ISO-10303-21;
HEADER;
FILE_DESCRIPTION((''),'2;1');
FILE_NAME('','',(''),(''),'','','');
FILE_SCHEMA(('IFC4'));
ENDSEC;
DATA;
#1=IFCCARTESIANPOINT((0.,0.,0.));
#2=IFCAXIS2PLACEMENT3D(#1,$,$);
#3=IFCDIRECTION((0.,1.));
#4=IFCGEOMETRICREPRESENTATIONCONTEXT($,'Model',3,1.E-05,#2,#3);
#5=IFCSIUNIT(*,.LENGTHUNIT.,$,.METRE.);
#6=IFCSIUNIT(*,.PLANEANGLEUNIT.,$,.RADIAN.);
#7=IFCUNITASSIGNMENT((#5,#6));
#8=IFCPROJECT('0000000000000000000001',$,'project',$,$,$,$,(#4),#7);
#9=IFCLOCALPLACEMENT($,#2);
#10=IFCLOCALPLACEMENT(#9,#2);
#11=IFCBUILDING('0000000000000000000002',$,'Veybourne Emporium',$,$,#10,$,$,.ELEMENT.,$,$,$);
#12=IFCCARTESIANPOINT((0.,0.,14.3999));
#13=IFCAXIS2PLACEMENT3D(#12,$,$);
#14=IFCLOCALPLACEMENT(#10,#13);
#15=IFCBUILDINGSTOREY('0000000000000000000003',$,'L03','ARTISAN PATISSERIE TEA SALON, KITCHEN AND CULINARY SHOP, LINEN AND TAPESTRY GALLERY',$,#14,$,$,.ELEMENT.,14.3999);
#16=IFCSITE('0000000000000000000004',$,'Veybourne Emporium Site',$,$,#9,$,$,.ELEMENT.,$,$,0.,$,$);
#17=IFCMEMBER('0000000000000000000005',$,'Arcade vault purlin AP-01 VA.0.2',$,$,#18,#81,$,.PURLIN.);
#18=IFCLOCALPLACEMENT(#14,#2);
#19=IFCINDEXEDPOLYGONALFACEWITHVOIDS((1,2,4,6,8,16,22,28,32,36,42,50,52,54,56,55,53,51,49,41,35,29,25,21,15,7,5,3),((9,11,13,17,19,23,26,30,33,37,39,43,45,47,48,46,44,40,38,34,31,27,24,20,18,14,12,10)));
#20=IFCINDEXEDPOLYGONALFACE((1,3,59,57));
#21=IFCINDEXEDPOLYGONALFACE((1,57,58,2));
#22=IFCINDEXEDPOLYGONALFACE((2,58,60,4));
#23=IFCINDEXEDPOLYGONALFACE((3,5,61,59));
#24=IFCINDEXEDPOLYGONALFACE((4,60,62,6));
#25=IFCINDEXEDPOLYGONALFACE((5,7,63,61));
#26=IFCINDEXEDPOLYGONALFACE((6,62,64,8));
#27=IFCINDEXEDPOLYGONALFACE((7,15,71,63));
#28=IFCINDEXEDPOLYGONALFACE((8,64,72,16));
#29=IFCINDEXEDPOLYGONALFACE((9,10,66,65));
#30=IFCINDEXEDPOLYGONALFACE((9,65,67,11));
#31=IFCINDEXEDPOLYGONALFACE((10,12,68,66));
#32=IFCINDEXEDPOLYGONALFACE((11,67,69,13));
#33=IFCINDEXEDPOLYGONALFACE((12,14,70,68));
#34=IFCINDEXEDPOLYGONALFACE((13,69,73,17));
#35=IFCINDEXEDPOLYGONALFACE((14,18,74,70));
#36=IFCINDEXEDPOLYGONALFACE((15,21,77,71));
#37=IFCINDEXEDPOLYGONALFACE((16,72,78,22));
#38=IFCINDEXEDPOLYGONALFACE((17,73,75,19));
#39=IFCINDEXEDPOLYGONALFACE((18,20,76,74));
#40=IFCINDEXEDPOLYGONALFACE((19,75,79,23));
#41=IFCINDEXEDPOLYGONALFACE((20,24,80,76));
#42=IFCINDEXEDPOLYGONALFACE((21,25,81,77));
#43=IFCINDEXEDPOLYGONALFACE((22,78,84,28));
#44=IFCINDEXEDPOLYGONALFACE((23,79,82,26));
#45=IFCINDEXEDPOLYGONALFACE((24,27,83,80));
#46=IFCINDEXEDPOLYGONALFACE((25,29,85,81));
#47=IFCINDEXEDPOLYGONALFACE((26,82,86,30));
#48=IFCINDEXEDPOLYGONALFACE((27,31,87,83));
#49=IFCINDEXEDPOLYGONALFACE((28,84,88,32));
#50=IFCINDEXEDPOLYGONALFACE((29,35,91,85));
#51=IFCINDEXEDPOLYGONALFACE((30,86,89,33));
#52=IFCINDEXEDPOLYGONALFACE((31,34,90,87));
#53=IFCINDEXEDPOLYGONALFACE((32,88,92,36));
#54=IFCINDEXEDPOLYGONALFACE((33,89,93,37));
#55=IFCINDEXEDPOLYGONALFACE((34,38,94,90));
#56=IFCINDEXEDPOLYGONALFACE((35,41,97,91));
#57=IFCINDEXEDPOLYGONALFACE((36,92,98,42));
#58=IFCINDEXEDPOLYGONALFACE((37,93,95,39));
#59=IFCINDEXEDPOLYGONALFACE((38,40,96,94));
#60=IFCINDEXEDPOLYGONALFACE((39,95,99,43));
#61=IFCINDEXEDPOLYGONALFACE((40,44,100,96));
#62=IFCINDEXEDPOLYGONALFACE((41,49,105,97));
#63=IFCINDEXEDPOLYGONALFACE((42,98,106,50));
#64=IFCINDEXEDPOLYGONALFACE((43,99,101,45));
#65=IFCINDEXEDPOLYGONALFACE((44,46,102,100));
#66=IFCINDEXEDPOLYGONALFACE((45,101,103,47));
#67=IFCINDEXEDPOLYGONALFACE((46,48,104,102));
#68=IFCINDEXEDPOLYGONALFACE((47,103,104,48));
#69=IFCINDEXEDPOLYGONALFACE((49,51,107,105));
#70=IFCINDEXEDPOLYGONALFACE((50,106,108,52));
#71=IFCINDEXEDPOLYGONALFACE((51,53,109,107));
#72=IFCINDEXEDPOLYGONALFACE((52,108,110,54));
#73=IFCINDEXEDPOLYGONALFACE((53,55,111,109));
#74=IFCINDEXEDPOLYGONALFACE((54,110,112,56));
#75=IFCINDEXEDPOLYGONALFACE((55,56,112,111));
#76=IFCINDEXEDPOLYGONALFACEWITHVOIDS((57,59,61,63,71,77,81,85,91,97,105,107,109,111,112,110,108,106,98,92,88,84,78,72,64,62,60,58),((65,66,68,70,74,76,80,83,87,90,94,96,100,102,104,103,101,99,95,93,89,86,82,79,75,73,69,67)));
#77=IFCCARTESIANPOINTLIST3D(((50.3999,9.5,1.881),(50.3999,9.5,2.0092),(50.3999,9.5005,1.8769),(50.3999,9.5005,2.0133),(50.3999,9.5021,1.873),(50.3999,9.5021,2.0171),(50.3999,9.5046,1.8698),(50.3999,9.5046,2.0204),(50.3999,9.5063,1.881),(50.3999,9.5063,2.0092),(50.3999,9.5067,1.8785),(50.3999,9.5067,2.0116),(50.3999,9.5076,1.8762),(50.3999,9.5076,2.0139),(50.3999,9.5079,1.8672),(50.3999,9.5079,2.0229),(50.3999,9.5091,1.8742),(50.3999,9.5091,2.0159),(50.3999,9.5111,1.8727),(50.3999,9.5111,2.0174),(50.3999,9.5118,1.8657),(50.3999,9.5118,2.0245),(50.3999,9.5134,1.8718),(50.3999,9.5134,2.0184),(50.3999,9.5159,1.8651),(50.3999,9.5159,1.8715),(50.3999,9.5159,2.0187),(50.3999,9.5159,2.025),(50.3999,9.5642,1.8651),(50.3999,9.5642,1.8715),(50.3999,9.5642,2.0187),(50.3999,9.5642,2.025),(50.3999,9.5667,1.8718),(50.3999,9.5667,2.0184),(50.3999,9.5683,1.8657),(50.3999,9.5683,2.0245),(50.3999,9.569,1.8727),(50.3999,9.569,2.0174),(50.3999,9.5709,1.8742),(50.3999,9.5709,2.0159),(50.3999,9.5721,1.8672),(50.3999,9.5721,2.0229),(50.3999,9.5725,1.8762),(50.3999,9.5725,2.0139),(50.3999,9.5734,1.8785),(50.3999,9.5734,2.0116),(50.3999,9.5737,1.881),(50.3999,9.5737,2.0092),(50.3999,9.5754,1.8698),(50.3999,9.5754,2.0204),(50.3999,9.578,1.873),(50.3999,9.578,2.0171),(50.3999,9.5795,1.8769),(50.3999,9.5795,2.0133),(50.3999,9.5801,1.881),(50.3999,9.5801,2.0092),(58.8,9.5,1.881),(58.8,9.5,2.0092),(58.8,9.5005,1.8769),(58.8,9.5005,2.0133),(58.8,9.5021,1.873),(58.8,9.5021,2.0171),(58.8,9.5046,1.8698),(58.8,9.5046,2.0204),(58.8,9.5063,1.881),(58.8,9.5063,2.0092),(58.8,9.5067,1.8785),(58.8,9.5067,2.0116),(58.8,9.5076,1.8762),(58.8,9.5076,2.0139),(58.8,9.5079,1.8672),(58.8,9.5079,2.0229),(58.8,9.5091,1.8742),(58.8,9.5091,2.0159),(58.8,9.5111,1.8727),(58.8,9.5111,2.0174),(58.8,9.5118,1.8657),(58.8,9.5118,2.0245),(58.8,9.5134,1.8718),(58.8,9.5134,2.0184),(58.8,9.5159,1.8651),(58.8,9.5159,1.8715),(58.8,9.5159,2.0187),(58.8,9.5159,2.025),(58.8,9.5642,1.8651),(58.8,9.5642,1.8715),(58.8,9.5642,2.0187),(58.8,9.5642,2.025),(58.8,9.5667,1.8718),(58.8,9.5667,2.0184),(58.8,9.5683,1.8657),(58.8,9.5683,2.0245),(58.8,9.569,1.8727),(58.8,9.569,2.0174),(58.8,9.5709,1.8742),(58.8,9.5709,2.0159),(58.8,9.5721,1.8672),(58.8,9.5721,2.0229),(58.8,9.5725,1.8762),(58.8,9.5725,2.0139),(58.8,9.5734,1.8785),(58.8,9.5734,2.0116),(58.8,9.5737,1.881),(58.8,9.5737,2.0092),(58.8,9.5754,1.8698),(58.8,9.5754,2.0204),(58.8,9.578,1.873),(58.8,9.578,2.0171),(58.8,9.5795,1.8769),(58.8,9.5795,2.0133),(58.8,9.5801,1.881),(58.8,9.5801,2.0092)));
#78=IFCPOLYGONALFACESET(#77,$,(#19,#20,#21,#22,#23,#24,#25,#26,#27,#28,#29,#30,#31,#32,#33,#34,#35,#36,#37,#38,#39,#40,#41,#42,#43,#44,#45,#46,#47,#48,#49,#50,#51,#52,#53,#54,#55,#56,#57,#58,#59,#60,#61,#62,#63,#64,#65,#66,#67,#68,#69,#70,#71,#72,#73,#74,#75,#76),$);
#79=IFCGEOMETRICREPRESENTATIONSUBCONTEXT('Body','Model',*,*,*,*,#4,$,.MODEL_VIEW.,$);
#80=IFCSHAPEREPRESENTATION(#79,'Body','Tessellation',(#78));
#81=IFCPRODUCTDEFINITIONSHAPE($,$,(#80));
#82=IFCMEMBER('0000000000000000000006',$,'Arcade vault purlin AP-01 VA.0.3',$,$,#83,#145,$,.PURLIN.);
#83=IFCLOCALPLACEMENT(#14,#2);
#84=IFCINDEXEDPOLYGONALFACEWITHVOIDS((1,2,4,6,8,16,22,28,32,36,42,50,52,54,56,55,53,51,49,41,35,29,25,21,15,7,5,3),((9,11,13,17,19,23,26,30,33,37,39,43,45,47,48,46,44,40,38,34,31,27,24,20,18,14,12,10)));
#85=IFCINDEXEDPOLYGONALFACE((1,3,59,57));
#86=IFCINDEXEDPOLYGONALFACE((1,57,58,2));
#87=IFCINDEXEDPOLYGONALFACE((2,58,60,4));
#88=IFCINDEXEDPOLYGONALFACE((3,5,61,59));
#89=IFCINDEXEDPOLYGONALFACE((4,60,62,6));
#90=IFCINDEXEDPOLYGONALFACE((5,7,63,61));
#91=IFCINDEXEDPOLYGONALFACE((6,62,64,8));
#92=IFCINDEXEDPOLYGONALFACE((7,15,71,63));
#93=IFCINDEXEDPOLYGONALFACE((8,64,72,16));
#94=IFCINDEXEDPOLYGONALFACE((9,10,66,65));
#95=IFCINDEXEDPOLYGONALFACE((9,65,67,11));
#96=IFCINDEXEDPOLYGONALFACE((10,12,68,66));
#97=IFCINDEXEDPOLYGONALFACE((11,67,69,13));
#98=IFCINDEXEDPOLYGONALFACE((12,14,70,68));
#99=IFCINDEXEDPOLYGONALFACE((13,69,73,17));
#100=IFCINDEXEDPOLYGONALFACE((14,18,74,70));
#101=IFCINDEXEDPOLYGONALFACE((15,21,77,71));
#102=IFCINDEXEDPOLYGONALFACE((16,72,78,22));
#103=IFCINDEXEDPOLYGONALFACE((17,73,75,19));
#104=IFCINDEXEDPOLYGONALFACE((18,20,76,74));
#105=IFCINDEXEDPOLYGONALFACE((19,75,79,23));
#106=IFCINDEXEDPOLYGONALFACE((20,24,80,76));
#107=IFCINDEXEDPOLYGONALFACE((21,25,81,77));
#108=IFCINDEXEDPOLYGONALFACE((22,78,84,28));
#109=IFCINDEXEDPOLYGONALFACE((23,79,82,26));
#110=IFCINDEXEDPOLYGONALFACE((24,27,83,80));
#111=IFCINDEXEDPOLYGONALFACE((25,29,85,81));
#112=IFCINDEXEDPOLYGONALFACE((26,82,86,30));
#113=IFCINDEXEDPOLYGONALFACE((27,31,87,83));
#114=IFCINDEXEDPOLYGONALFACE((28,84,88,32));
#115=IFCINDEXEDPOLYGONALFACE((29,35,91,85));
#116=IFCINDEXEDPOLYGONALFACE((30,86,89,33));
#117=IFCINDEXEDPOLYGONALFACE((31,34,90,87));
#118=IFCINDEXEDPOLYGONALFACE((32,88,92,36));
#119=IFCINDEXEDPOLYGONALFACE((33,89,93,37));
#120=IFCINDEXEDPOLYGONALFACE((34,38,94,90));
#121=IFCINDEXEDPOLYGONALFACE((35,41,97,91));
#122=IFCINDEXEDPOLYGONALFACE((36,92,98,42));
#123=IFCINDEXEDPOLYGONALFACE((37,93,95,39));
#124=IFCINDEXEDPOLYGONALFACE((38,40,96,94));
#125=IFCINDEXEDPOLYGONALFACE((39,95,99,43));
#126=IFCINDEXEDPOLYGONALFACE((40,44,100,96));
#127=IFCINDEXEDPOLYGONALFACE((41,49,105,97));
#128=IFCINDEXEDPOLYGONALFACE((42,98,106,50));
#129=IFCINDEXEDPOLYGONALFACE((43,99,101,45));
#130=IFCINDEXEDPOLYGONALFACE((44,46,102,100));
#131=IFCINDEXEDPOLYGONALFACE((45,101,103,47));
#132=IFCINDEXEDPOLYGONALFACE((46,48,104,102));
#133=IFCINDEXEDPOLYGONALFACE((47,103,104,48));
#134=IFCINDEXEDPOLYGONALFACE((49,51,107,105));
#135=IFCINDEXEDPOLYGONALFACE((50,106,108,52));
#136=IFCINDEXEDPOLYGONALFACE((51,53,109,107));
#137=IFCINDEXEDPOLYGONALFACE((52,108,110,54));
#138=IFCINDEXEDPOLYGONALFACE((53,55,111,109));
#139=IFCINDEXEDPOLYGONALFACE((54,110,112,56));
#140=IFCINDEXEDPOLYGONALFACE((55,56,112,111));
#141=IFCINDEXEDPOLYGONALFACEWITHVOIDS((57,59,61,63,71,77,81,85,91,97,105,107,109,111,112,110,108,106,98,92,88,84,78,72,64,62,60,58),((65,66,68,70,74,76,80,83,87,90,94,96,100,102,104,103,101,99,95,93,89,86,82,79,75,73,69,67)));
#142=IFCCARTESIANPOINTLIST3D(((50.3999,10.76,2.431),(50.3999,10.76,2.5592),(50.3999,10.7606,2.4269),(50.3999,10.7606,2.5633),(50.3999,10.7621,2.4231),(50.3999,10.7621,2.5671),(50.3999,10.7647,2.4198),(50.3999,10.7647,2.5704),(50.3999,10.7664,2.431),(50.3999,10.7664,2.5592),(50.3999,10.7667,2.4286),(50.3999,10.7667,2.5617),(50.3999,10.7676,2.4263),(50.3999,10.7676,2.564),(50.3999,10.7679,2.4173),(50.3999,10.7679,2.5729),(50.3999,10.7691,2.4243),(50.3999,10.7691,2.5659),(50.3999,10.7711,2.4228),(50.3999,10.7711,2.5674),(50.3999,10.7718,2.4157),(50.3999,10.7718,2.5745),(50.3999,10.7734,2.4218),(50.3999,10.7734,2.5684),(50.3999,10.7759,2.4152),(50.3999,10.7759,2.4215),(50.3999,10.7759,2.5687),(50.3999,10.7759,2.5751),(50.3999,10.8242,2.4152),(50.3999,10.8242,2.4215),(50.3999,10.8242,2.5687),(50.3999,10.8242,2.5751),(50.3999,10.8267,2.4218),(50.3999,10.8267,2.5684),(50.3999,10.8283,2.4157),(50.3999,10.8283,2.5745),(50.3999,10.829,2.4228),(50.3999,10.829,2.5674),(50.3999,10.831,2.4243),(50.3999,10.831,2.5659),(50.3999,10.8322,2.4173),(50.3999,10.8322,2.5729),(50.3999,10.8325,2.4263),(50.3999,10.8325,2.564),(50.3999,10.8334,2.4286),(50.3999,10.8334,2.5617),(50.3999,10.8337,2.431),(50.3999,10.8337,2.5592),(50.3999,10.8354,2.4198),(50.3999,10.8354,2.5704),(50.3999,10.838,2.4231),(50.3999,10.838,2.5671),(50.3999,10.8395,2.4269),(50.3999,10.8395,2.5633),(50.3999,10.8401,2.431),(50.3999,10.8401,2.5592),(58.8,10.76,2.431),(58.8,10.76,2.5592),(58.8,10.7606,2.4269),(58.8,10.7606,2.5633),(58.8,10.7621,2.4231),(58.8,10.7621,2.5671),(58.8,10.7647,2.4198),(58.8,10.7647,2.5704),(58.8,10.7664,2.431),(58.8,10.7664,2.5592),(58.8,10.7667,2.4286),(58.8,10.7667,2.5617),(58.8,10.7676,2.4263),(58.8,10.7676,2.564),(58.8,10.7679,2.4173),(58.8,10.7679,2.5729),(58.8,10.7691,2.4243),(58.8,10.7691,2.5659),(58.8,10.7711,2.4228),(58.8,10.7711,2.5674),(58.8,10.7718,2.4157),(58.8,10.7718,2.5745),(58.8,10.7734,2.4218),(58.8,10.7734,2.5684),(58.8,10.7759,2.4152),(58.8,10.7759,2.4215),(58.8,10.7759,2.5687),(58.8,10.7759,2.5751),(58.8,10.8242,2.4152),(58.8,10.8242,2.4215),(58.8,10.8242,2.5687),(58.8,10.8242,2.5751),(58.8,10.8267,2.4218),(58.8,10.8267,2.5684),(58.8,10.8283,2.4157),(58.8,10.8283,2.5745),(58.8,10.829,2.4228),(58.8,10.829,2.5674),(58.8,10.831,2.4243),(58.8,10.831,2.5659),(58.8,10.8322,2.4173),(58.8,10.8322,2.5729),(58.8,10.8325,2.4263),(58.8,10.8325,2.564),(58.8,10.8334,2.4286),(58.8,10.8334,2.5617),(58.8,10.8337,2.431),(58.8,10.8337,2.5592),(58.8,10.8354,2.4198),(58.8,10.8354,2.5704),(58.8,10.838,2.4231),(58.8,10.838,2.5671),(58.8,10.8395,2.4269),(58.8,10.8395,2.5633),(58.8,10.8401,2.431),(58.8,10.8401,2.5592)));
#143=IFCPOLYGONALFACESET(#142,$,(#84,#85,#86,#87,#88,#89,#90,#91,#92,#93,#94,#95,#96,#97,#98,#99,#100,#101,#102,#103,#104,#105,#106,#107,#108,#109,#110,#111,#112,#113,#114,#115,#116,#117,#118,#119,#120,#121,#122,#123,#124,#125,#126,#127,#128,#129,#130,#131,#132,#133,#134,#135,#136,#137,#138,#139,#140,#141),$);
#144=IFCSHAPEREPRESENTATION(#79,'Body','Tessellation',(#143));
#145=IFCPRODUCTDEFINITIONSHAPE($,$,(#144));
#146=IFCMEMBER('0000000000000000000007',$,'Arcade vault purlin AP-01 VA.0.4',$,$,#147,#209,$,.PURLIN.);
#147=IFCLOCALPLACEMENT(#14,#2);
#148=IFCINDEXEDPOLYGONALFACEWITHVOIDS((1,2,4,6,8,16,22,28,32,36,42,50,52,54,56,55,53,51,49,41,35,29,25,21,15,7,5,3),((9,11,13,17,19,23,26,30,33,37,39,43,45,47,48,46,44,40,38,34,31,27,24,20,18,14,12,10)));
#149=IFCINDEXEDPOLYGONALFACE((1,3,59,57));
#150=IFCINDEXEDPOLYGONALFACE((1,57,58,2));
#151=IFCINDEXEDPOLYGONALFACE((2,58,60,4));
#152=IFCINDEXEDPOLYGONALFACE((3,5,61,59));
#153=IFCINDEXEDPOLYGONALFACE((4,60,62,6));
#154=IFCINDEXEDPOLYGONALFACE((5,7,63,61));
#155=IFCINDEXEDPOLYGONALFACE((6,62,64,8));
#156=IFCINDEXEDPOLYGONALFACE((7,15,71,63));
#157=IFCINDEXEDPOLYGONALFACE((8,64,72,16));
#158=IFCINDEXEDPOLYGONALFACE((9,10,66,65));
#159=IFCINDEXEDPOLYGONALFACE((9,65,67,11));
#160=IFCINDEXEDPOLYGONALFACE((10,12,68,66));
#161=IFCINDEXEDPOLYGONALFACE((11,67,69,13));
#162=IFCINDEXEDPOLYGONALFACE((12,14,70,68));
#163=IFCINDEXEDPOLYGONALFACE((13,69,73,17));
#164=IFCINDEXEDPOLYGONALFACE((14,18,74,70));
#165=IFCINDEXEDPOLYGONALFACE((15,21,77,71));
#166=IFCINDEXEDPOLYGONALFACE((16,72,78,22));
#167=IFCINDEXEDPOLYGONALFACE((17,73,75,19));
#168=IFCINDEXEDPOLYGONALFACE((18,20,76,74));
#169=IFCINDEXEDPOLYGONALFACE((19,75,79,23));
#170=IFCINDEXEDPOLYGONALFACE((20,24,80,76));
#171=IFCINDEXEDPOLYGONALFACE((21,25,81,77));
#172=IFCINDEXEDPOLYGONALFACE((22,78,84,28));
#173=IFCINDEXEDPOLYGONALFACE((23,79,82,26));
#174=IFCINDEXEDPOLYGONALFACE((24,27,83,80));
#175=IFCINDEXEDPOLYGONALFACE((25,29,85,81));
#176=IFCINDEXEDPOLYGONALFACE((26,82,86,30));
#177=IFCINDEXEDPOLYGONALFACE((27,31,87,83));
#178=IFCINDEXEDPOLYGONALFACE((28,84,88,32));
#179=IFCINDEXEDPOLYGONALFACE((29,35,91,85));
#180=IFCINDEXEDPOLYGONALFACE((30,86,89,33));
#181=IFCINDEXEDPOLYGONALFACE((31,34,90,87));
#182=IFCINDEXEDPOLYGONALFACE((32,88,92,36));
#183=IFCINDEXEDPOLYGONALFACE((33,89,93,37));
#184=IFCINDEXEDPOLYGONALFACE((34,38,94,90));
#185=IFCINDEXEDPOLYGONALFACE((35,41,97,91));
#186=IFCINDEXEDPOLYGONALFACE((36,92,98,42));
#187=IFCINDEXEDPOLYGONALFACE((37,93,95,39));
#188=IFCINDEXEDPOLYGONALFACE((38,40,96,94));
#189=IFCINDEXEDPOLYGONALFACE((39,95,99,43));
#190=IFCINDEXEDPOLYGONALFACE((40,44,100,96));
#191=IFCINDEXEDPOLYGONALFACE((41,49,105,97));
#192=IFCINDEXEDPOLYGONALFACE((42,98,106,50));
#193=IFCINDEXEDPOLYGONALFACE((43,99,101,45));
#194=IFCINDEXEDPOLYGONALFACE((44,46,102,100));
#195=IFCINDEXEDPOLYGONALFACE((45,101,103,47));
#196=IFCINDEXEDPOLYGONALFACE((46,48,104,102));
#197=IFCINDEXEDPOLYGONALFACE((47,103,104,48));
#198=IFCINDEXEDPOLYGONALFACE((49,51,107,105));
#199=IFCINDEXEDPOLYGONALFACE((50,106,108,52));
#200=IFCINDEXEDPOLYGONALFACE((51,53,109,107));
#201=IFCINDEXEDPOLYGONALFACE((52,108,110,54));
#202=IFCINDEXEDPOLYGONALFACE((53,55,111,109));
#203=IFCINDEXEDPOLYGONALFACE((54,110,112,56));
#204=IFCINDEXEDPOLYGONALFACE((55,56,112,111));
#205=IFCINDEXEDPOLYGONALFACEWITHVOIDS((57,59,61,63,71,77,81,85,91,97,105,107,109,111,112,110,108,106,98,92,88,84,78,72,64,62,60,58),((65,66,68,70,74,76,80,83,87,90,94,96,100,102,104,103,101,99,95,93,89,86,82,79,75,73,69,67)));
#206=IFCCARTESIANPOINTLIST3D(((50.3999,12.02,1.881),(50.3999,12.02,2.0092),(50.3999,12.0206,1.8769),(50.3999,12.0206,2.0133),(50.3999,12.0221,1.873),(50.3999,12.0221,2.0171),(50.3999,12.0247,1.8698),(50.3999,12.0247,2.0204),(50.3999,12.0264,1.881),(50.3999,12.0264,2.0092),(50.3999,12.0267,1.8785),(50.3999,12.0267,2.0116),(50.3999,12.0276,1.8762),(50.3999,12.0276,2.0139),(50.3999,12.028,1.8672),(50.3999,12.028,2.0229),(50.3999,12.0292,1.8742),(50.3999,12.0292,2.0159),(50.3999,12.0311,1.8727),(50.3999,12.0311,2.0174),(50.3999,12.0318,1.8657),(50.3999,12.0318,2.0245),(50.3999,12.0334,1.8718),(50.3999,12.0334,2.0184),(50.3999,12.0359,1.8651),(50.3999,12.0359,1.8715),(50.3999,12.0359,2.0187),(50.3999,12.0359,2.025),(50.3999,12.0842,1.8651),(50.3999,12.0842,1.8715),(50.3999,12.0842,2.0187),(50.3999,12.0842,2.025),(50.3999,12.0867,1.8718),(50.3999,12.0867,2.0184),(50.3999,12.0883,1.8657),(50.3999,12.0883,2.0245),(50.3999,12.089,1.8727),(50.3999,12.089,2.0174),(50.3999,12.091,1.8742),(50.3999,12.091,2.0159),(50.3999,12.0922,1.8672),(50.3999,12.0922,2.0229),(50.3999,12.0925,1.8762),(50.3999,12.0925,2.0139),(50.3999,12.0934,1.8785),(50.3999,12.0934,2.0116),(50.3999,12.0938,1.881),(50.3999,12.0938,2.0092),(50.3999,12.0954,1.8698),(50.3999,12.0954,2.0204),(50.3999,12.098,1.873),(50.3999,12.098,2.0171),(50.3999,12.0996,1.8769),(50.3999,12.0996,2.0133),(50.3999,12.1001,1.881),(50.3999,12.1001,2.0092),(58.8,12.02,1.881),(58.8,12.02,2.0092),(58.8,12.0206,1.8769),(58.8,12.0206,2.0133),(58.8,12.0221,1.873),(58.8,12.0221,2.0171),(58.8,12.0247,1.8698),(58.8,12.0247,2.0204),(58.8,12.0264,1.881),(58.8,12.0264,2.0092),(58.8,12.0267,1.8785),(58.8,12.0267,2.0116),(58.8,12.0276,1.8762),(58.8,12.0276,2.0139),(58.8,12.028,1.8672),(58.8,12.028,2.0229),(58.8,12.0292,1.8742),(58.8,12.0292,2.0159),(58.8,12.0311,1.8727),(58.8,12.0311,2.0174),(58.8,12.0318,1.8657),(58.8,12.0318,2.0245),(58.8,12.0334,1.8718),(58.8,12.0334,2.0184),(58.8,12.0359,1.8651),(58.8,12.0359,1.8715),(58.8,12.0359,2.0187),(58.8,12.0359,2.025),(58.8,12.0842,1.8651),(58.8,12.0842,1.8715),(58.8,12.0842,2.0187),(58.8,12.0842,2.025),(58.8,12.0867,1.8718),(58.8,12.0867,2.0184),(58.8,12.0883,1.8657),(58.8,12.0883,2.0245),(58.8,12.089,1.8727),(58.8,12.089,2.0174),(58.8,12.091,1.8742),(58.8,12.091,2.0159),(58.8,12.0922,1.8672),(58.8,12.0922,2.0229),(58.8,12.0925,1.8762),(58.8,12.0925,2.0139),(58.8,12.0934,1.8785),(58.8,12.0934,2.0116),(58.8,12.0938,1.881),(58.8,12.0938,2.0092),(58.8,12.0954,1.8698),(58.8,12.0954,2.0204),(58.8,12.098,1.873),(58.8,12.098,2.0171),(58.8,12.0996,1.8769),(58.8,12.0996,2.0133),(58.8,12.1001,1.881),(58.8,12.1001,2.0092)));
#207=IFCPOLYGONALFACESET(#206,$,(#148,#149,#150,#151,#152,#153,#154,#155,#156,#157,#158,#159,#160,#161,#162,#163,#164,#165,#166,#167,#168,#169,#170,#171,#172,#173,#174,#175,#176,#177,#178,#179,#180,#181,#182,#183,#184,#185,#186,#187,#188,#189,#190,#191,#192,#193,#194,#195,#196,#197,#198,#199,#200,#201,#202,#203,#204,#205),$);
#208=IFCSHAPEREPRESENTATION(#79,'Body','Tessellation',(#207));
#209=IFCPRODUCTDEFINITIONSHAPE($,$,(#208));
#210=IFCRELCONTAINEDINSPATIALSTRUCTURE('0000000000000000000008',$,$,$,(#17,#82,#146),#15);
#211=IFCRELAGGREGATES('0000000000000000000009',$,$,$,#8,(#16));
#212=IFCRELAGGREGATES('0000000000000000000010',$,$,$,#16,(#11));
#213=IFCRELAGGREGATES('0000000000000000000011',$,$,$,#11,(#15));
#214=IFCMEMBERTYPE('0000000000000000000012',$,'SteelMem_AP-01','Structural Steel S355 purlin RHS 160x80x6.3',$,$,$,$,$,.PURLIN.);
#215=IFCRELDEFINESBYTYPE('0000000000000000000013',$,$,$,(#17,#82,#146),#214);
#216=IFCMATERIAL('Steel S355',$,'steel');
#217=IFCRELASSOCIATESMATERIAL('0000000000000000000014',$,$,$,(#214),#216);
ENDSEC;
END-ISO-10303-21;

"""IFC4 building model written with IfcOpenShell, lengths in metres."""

from ifc_helpers import new_model, si_unit, direction, frame, origin, origin_2d, place, context, subcontext, project, spatial, hollow_rectangle, extrude, material, material_profile, profile_set, type_object, element, save


model = new_model("IFC4")

# Units and contexts
model_context = context("Model", 3, precision=1e-05, world=origin(), true_north=direction((0.0, 1.0)))
body_context = subcontext(model_context, "Body", "Model", "MODEL_VIEW")
ifc_project = project(units=[si_unit("LENGTHUNIT", "METRE"), si_unit("PLANEANGLEUNIT", "RADIAN")], contexts=[model_context])

# Site, building, storey
site_placement = place(None, origin())
site = spatial("IfcSite", under=ifc_project, at=site_placement, Name="Veybourne Emporium Site", CompositionType="ELEMENT", RefElevation=0.0)
building_placement = place(site_placement, origin())
building = spatial("IfcBuilding", under=site, at=building_placement, Name="Veybourne Emporium", CompositionType="ELEMENT")
storey_placement = place(building_placement, frame((0.0, 0.0, 14.3999)))
storey = spatial("IfcBuildingStorey", under=building, at=storey_placement, Name="L03", Description="ARTISAN PATISSERIE TEA SALON, KITCHEN AND CULINARY SHOP, LINEN AND TAPESTRY GALLERY", CompositionType="ELEMENT", Elevation=14.3999)

# Shared definitions
ifc_material_1 = material(Name="Steel S355", Category="steel")

# Members
ifc_material_profile_1 = material_profile(ifc_material_1, hollow_rectangle(XDim=0.0801, YDim=0.1599, WallThickness=0.0063, InnerFilletRadius=0.0095, OuterFilletRadius=0.0159, at=origin_2d()), Name="RHS 160x80x6.3")
ifc_profile_set_1 = profile_set([ifc_material_profile_1], Name="Steel S355")
member_type_1 = type_object("IfcMemberType", Name="SteelMem_AP-01", Description="Structural Steel S355 purlin RHS 160x80x6.3", PredefinedType="PURLIN", material=ifc_profile_set_1)
for number, where, z_axis, x_axis, name in (
    (1, (50.3999, 9.54, 1.9451), (1.0, 0.0, 0.0), (0.0, 1.0, 0.0), "Arcade vault purlin AP-01 VA.0.2"),
    (2, (50.3999, 10.8, 2.4951), (1.0, 0.0, 0.0), (0.0, 1.0, 0.0), "Arcade vault purlin AP-01 VA.0.3"),
    (3, (50.3999, 12.0601, 1.9451), (1.0, 0.0, 0.0), (0.0, 1.0, 0.0), "Arcade vault purlin AP-01 VA.0.4"),
):
    element("IfcMember", number, at=place(storey_placement, frame(where, z_axis=z_axis, x_axis=x_axis)), inside=storey, type_object=member_type_1, Name=name, PredefinedType="PURLIN", context=body_context, shape_type="SweptSolid", body=[
        extrude(hollow_rectangle(XDim=0.0801, YDim=0.1599, WallThickness=0.0063, InnerFilletRadius=0.0095, OuterFilletRadius=0.0159, at=origin_2d()), origin(), (0.0, 0.0, 1.0), 8.4001),
    ])

save(model, "model.ifc")
